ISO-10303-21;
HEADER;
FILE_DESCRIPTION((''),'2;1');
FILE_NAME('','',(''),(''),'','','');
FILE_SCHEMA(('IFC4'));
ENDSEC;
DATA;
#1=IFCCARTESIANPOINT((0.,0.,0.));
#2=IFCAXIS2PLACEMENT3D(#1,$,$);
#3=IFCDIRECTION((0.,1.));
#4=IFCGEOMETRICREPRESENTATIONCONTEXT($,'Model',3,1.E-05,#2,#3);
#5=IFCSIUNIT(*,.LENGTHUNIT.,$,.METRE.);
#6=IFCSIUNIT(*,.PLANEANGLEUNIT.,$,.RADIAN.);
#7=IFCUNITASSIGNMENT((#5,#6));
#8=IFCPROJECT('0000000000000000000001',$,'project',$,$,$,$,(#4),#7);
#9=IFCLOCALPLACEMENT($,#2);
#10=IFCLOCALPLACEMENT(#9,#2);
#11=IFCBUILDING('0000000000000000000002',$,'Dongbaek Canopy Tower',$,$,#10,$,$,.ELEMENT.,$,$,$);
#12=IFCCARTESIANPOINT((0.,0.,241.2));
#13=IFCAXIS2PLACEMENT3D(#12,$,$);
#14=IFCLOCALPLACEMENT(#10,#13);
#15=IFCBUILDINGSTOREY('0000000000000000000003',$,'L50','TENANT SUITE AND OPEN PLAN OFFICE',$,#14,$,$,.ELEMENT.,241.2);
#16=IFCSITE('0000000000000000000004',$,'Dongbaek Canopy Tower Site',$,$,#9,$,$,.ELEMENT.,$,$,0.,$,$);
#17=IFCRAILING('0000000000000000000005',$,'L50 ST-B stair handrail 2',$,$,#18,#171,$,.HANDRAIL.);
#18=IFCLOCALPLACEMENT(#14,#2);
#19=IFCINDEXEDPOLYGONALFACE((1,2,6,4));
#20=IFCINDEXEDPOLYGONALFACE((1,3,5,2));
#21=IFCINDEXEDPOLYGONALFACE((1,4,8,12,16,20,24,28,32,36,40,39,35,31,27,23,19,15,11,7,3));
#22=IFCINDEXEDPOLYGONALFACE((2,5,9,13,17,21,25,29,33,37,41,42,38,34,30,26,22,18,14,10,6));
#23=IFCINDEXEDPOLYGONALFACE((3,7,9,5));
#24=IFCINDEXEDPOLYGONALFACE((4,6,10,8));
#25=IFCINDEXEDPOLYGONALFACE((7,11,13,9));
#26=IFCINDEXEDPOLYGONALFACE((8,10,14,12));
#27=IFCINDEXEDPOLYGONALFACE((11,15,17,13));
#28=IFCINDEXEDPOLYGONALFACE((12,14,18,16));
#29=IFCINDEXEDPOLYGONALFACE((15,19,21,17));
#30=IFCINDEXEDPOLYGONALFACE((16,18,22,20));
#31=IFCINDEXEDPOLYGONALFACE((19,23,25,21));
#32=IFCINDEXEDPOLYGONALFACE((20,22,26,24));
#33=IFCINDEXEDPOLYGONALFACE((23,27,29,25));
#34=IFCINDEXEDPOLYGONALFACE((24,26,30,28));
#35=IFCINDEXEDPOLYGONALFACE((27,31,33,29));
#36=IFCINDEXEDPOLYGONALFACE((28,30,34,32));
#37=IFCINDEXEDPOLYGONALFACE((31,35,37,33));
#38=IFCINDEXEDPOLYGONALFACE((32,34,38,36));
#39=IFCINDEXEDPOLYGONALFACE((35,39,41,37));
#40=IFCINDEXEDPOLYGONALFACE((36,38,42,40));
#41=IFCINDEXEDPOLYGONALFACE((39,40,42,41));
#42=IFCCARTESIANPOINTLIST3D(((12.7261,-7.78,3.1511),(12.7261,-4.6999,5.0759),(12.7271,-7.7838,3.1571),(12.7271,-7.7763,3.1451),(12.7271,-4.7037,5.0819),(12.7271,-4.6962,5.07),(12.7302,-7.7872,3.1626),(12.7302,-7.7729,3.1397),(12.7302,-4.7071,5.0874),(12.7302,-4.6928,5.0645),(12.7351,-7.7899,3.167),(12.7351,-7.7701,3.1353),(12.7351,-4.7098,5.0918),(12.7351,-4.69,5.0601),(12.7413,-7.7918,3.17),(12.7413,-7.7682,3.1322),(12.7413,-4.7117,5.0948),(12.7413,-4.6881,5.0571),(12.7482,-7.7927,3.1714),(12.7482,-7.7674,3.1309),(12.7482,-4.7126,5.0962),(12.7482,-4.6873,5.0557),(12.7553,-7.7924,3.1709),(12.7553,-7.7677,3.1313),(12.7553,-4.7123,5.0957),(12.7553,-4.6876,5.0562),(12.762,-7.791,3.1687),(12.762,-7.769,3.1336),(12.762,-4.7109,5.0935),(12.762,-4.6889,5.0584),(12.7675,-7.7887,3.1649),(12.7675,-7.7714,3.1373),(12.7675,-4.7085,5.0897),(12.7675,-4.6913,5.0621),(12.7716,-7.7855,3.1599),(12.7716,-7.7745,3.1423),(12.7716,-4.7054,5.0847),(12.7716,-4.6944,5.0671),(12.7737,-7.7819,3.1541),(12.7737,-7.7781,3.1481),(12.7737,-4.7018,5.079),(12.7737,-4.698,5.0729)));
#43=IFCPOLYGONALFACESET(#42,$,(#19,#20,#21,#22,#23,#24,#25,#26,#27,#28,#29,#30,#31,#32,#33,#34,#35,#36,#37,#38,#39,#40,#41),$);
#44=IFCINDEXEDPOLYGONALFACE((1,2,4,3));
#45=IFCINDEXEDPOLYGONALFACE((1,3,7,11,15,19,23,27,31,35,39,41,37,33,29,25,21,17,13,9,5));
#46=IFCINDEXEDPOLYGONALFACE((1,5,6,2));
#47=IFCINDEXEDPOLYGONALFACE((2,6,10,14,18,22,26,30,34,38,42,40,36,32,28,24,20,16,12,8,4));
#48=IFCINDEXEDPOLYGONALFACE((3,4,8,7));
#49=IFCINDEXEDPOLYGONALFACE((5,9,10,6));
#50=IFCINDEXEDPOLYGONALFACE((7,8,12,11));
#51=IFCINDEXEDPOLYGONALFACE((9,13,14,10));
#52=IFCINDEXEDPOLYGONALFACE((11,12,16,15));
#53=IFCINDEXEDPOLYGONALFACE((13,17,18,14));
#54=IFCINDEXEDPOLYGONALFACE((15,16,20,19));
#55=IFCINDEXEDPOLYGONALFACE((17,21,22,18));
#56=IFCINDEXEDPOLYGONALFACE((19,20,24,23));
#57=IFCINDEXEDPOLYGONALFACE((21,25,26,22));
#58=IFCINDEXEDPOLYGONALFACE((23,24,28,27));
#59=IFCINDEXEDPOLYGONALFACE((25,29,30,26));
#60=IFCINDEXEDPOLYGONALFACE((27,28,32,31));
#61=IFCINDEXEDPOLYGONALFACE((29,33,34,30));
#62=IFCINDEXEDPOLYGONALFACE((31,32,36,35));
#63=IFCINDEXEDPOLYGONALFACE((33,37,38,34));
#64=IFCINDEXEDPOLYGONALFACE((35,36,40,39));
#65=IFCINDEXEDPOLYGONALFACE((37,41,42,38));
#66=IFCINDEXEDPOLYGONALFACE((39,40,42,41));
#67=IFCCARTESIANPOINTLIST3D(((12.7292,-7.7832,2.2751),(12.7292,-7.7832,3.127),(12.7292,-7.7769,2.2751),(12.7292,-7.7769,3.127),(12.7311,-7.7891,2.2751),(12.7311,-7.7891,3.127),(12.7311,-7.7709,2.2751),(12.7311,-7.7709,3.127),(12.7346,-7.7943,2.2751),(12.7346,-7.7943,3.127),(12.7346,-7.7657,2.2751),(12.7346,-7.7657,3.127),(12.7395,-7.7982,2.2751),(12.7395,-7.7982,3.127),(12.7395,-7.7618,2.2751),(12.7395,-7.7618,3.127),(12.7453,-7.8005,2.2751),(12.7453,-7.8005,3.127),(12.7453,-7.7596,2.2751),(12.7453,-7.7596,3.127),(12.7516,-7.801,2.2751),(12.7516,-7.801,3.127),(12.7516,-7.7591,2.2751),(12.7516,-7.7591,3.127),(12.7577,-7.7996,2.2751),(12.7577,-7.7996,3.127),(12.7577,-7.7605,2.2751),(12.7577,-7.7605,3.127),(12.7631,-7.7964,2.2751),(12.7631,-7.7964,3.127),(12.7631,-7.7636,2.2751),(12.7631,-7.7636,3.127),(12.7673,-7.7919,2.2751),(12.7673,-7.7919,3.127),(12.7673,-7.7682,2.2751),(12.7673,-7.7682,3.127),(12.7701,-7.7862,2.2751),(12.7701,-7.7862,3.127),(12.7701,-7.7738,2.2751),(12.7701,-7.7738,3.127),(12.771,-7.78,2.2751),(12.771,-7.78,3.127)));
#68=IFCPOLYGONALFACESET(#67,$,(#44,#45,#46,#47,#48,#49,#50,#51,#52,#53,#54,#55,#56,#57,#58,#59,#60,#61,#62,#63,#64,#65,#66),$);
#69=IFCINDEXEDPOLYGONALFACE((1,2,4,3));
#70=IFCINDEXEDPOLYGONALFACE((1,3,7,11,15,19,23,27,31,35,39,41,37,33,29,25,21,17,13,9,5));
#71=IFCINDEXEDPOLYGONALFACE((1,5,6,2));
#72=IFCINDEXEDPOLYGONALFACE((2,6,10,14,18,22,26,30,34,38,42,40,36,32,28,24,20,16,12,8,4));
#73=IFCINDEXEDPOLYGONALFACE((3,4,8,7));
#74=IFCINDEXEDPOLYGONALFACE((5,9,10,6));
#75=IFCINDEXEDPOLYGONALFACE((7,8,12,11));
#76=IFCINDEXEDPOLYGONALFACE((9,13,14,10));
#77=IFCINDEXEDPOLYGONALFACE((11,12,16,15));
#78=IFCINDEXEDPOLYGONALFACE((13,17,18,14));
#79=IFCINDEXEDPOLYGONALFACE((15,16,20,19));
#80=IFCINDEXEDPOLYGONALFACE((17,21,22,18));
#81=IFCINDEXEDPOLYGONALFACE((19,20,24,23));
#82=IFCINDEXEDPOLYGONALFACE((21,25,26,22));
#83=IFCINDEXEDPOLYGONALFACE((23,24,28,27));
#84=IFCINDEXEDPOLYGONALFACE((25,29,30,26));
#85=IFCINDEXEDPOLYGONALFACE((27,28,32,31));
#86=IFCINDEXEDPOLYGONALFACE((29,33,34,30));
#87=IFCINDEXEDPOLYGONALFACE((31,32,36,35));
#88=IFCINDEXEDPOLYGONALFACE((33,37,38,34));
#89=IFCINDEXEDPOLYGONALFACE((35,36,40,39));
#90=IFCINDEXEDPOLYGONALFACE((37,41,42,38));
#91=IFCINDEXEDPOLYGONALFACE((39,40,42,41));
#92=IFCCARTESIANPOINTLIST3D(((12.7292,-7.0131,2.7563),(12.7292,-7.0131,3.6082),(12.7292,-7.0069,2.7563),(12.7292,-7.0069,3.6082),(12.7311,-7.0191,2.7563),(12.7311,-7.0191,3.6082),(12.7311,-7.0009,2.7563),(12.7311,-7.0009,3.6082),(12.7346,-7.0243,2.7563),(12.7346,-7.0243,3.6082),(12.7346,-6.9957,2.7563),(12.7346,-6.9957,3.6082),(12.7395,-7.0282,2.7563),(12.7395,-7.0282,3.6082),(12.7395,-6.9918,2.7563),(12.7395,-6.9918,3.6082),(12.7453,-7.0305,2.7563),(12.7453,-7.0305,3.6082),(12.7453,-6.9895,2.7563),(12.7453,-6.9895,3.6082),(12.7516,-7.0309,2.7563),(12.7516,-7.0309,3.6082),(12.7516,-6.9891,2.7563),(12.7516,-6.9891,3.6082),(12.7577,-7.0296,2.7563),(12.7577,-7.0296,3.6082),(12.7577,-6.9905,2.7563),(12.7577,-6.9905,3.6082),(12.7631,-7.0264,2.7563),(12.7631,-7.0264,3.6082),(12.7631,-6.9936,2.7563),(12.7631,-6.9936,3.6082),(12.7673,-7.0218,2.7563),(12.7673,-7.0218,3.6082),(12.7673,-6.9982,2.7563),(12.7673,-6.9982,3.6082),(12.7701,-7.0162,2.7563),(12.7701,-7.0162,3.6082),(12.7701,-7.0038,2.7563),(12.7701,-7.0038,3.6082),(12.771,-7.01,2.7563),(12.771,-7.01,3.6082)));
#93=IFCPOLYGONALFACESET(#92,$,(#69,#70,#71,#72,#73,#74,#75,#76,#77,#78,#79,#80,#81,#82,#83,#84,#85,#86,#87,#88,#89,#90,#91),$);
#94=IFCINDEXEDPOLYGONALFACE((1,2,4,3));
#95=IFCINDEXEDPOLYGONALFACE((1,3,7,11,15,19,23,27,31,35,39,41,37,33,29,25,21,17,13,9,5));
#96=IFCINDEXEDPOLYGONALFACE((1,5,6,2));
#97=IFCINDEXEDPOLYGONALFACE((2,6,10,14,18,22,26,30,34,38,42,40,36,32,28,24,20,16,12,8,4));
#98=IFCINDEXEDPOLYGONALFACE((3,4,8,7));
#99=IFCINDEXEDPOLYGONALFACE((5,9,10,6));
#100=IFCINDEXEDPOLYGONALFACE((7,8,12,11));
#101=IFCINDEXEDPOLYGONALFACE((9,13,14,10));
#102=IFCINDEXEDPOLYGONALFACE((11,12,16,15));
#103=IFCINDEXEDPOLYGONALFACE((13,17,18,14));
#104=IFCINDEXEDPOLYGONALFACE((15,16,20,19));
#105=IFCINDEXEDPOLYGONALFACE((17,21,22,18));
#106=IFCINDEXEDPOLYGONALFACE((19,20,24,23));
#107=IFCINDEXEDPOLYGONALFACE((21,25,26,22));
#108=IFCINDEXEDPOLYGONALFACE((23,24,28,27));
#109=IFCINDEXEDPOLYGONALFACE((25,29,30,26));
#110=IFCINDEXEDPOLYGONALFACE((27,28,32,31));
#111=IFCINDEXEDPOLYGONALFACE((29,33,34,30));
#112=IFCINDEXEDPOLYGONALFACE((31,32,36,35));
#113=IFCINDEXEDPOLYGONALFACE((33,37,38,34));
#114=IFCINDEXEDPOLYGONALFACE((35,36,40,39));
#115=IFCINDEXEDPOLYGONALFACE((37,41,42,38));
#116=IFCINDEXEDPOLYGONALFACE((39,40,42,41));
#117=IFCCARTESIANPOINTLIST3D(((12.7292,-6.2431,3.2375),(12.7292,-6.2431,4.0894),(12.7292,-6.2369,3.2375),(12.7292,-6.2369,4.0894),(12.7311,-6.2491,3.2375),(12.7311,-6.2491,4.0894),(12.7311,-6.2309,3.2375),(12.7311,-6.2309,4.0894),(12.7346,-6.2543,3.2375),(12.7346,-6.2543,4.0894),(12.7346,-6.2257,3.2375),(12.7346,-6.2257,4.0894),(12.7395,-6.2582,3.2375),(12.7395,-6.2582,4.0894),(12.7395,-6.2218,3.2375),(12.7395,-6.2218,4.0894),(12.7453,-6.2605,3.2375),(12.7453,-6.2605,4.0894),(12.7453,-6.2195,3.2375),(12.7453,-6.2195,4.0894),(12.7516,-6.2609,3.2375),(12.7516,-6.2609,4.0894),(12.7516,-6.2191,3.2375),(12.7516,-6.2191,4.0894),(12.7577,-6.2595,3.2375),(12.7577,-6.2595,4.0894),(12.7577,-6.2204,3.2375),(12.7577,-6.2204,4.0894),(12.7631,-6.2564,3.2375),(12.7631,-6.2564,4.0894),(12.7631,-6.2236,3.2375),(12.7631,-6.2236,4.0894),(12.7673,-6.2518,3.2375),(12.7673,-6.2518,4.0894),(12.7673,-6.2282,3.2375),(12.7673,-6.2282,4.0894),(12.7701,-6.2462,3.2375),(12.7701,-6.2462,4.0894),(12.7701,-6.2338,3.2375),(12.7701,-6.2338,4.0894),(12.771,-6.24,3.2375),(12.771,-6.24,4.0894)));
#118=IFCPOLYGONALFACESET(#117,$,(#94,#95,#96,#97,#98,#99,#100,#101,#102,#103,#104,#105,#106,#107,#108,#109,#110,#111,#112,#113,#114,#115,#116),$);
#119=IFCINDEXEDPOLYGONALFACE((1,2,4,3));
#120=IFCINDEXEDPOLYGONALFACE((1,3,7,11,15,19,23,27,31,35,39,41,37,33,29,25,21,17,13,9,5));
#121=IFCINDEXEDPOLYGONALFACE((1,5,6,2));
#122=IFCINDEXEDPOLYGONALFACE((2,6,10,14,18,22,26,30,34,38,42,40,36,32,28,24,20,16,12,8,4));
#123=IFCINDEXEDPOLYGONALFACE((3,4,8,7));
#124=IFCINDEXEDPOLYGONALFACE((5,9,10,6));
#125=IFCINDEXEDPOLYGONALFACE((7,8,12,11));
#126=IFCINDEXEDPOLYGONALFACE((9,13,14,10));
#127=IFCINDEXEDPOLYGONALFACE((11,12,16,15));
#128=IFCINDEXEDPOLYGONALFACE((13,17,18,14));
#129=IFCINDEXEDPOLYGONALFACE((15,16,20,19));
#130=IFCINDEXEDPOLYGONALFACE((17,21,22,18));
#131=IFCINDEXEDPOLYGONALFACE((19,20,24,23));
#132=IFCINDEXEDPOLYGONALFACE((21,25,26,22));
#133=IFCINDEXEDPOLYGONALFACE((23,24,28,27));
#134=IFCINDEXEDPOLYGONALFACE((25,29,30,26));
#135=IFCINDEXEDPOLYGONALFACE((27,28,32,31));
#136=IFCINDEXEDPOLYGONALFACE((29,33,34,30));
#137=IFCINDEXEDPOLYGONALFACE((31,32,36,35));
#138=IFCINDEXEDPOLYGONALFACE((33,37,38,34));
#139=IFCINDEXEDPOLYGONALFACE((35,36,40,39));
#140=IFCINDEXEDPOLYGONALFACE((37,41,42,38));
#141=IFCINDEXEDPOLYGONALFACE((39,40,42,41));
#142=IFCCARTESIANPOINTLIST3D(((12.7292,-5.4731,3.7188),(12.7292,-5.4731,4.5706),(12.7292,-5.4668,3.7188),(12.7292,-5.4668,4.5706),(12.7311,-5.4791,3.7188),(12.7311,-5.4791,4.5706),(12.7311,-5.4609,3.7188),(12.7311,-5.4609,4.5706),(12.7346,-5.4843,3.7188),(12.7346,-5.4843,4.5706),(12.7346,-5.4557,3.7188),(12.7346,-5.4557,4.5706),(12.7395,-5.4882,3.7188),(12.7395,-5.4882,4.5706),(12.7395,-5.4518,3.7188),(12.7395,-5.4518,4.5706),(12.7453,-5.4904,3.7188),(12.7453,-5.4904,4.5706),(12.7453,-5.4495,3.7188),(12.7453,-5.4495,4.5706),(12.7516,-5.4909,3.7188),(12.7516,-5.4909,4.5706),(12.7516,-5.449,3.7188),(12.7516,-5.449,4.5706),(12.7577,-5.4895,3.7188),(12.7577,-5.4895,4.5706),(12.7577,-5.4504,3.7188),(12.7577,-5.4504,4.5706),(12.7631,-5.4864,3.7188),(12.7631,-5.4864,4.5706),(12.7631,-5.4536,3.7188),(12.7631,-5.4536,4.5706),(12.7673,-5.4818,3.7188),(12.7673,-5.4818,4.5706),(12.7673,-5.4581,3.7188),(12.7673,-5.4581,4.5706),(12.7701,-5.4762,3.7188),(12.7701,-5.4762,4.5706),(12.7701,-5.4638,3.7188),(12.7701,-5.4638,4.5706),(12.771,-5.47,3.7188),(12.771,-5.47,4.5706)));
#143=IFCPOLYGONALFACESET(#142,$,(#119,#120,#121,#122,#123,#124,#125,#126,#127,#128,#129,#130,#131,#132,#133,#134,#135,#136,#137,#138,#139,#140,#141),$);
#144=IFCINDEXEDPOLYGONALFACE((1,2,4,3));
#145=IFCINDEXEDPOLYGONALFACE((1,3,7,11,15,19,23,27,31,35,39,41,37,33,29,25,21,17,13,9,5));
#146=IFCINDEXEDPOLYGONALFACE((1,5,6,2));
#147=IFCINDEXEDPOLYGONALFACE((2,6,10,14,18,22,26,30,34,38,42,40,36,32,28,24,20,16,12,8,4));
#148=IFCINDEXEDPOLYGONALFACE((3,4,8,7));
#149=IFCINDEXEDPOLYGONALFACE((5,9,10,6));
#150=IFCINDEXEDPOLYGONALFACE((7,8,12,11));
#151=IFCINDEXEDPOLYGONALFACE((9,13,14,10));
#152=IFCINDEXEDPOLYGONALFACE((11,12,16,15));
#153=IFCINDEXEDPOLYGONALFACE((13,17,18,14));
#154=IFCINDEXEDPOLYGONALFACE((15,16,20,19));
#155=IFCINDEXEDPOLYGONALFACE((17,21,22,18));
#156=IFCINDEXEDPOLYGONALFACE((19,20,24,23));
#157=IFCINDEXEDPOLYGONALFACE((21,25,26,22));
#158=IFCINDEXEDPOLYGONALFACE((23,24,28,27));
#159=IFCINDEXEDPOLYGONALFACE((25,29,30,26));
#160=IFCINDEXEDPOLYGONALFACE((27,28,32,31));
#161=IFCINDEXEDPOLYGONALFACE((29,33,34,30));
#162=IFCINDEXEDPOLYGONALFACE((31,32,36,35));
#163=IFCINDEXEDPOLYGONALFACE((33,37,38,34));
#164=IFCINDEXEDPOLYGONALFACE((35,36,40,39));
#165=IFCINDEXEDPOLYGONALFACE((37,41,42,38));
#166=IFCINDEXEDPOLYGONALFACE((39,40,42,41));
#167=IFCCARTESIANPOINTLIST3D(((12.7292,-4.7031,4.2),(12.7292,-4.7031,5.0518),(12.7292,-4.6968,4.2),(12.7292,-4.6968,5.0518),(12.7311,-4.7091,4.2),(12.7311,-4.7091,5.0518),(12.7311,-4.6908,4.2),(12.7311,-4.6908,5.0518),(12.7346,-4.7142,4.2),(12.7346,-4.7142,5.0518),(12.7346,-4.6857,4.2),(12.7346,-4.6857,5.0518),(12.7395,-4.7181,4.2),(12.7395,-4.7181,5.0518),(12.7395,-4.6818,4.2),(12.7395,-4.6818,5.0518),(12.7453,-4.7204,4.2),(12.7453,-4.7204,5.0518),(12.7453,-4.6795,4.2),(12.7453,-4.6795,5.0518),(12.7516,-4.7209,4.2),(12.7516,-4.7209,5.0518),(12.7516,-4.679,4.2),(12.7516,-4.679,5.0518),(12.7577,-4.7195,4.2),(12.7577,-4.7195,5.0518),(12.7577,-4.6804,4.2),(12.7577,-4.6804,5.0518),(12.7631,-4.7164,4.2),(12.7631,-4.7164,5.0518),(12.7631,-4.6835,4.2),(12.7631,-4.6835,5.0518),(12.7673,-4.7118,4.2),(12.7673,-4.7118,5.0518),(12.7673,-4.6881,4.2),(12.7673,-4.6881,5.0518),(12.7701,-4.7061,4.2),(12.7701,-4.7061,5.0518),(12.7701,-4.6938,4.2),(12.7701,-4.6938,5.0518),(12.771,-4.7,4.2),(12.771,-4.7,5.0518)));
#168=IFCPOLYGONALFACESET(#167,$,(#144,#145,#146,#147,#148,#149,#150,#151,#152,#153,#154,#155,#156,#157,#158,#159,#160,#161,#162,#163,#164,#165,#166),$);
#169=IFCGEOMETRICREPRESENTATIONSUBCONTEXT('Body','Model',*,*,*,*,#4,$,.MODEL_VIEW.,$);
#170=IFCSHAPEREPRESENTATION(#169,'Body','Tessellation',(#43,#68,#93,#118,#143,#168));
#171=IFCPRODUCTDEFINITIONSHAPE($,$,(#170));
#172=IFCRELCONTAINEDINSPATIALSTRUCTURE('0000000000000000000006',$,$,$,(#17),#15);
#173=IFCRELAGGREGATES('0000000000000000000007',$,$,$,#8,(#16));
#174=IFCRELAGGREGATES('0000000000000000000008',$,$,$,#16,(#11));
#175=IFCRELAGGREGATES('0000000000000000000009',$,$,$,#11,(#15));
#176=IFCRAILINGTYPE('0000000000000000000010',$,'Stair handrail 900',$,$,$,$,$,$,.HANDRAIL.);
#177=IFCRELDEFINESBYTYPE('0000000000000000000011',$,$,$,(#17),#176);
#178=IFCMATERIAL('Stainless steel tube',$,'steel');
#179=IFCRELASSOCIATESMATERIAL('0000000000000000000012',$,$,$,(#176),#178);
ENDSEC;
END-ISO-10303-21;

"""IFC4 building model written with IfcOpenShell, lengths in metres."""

from ifc_helpers import new_model, si_unit, direction, frame, origin, origin_2d, place, context, subcontext, project, spatial, circle, extrude, material, type_object, element, save


model = new_model("IFC4")

# Units and contexts
model_context = context("Model", 3, precision=1e-05, world=origin(), true_north=direction((0.0, 1.0)))
body_context = subcontext(model_context, "Body", "Model", "MODEL_VIEW")
ifc_project = project(units=[si_unit("LENGTHUNIT", "METRE"), si_unit("PLANEANGLEUNIT", "RADIAN")], contexts=[model_context])

# Site, building, storey
site_placement = place(None, origin())
site = spatial("IfcSite", under=ifc_project, at=site_placement, Name="Dongbaek Canopy Tower Site", CompositionType="ELEMENT", RefElevation=0.0)
building_placement = place(site_placement, origin())
building = spatial("IfcBuilding", under=site, at=building_placement, Name="Dongbaek Canopy Tower", CompositionType="ELEMENT")
storey_placement = place(building_placement, frame((0.0, 0.0, 241.2)))
storey = spatial("IfcBuildingStorey", under=building, at=storey_placement, Name="L50", Description="TENANT SUITE AND OPEN PLAN OFFICE", CompositionType="ELEMENT", Elevation=241.2)

# Railing
ifc_material_1 = material(Name="Stainless steel tube", Category="steel")
railing_type_1 = type_object("IfcRailingType", Name="Stair handrail 900", PredefinedType="HANDRAIL", material=ifc_material_1)
railing_1_placement = place(storey_placement, frame((12.75, -7.78, 2.2751)))
element("IfcRailing", 1, at=railing_1_placement, inside=storey, type_object=railing_type_1, Name="L50 ST-B stair handrail 2", PredefinedType="HANDRAIL", context=body_context, shape_type="SweptSolid", body=[
    extrude(circle(Radius=0.0239, at=origin_2d()), frame((0.0, 0.0, 0.876), z_axis=(0.0, 0.848029, 0.529951), x_axis=(-1.0, 0.0, 0.0)), (0.0, 0.0, 1.0), 3.6321),
    extrude(circle(Radius=0.021, at=origin_2d()), origin(), (0.0, 0.0, 1.0), 0.8518),
    extrude(circle(Radius=0.021, at=origin_2d()), frame((0.0, 0.77, 0.4812)), (0.0, 0.0, 1.0), 0.8518),
    extrude(circle(Radius=0.021, at=origin_2d()), frame((0.0, 1.54, 0.9624)), (0.0, 0.0, 1.0), 0.8518),
    extrude(circle(Radius=0.021, at=origin_2d()), frame((0.0, 2.3101, 1.4436)), (0.0, 0.0, 1.0), 0.8518),
    extrude(circle(Radius=0.021, at=origin_2d()), frame((0.0, 3.0801, 1.9248)), (0.0, 0.0, 1.0), 0.8518),
])

save(model, "model.ifc")
